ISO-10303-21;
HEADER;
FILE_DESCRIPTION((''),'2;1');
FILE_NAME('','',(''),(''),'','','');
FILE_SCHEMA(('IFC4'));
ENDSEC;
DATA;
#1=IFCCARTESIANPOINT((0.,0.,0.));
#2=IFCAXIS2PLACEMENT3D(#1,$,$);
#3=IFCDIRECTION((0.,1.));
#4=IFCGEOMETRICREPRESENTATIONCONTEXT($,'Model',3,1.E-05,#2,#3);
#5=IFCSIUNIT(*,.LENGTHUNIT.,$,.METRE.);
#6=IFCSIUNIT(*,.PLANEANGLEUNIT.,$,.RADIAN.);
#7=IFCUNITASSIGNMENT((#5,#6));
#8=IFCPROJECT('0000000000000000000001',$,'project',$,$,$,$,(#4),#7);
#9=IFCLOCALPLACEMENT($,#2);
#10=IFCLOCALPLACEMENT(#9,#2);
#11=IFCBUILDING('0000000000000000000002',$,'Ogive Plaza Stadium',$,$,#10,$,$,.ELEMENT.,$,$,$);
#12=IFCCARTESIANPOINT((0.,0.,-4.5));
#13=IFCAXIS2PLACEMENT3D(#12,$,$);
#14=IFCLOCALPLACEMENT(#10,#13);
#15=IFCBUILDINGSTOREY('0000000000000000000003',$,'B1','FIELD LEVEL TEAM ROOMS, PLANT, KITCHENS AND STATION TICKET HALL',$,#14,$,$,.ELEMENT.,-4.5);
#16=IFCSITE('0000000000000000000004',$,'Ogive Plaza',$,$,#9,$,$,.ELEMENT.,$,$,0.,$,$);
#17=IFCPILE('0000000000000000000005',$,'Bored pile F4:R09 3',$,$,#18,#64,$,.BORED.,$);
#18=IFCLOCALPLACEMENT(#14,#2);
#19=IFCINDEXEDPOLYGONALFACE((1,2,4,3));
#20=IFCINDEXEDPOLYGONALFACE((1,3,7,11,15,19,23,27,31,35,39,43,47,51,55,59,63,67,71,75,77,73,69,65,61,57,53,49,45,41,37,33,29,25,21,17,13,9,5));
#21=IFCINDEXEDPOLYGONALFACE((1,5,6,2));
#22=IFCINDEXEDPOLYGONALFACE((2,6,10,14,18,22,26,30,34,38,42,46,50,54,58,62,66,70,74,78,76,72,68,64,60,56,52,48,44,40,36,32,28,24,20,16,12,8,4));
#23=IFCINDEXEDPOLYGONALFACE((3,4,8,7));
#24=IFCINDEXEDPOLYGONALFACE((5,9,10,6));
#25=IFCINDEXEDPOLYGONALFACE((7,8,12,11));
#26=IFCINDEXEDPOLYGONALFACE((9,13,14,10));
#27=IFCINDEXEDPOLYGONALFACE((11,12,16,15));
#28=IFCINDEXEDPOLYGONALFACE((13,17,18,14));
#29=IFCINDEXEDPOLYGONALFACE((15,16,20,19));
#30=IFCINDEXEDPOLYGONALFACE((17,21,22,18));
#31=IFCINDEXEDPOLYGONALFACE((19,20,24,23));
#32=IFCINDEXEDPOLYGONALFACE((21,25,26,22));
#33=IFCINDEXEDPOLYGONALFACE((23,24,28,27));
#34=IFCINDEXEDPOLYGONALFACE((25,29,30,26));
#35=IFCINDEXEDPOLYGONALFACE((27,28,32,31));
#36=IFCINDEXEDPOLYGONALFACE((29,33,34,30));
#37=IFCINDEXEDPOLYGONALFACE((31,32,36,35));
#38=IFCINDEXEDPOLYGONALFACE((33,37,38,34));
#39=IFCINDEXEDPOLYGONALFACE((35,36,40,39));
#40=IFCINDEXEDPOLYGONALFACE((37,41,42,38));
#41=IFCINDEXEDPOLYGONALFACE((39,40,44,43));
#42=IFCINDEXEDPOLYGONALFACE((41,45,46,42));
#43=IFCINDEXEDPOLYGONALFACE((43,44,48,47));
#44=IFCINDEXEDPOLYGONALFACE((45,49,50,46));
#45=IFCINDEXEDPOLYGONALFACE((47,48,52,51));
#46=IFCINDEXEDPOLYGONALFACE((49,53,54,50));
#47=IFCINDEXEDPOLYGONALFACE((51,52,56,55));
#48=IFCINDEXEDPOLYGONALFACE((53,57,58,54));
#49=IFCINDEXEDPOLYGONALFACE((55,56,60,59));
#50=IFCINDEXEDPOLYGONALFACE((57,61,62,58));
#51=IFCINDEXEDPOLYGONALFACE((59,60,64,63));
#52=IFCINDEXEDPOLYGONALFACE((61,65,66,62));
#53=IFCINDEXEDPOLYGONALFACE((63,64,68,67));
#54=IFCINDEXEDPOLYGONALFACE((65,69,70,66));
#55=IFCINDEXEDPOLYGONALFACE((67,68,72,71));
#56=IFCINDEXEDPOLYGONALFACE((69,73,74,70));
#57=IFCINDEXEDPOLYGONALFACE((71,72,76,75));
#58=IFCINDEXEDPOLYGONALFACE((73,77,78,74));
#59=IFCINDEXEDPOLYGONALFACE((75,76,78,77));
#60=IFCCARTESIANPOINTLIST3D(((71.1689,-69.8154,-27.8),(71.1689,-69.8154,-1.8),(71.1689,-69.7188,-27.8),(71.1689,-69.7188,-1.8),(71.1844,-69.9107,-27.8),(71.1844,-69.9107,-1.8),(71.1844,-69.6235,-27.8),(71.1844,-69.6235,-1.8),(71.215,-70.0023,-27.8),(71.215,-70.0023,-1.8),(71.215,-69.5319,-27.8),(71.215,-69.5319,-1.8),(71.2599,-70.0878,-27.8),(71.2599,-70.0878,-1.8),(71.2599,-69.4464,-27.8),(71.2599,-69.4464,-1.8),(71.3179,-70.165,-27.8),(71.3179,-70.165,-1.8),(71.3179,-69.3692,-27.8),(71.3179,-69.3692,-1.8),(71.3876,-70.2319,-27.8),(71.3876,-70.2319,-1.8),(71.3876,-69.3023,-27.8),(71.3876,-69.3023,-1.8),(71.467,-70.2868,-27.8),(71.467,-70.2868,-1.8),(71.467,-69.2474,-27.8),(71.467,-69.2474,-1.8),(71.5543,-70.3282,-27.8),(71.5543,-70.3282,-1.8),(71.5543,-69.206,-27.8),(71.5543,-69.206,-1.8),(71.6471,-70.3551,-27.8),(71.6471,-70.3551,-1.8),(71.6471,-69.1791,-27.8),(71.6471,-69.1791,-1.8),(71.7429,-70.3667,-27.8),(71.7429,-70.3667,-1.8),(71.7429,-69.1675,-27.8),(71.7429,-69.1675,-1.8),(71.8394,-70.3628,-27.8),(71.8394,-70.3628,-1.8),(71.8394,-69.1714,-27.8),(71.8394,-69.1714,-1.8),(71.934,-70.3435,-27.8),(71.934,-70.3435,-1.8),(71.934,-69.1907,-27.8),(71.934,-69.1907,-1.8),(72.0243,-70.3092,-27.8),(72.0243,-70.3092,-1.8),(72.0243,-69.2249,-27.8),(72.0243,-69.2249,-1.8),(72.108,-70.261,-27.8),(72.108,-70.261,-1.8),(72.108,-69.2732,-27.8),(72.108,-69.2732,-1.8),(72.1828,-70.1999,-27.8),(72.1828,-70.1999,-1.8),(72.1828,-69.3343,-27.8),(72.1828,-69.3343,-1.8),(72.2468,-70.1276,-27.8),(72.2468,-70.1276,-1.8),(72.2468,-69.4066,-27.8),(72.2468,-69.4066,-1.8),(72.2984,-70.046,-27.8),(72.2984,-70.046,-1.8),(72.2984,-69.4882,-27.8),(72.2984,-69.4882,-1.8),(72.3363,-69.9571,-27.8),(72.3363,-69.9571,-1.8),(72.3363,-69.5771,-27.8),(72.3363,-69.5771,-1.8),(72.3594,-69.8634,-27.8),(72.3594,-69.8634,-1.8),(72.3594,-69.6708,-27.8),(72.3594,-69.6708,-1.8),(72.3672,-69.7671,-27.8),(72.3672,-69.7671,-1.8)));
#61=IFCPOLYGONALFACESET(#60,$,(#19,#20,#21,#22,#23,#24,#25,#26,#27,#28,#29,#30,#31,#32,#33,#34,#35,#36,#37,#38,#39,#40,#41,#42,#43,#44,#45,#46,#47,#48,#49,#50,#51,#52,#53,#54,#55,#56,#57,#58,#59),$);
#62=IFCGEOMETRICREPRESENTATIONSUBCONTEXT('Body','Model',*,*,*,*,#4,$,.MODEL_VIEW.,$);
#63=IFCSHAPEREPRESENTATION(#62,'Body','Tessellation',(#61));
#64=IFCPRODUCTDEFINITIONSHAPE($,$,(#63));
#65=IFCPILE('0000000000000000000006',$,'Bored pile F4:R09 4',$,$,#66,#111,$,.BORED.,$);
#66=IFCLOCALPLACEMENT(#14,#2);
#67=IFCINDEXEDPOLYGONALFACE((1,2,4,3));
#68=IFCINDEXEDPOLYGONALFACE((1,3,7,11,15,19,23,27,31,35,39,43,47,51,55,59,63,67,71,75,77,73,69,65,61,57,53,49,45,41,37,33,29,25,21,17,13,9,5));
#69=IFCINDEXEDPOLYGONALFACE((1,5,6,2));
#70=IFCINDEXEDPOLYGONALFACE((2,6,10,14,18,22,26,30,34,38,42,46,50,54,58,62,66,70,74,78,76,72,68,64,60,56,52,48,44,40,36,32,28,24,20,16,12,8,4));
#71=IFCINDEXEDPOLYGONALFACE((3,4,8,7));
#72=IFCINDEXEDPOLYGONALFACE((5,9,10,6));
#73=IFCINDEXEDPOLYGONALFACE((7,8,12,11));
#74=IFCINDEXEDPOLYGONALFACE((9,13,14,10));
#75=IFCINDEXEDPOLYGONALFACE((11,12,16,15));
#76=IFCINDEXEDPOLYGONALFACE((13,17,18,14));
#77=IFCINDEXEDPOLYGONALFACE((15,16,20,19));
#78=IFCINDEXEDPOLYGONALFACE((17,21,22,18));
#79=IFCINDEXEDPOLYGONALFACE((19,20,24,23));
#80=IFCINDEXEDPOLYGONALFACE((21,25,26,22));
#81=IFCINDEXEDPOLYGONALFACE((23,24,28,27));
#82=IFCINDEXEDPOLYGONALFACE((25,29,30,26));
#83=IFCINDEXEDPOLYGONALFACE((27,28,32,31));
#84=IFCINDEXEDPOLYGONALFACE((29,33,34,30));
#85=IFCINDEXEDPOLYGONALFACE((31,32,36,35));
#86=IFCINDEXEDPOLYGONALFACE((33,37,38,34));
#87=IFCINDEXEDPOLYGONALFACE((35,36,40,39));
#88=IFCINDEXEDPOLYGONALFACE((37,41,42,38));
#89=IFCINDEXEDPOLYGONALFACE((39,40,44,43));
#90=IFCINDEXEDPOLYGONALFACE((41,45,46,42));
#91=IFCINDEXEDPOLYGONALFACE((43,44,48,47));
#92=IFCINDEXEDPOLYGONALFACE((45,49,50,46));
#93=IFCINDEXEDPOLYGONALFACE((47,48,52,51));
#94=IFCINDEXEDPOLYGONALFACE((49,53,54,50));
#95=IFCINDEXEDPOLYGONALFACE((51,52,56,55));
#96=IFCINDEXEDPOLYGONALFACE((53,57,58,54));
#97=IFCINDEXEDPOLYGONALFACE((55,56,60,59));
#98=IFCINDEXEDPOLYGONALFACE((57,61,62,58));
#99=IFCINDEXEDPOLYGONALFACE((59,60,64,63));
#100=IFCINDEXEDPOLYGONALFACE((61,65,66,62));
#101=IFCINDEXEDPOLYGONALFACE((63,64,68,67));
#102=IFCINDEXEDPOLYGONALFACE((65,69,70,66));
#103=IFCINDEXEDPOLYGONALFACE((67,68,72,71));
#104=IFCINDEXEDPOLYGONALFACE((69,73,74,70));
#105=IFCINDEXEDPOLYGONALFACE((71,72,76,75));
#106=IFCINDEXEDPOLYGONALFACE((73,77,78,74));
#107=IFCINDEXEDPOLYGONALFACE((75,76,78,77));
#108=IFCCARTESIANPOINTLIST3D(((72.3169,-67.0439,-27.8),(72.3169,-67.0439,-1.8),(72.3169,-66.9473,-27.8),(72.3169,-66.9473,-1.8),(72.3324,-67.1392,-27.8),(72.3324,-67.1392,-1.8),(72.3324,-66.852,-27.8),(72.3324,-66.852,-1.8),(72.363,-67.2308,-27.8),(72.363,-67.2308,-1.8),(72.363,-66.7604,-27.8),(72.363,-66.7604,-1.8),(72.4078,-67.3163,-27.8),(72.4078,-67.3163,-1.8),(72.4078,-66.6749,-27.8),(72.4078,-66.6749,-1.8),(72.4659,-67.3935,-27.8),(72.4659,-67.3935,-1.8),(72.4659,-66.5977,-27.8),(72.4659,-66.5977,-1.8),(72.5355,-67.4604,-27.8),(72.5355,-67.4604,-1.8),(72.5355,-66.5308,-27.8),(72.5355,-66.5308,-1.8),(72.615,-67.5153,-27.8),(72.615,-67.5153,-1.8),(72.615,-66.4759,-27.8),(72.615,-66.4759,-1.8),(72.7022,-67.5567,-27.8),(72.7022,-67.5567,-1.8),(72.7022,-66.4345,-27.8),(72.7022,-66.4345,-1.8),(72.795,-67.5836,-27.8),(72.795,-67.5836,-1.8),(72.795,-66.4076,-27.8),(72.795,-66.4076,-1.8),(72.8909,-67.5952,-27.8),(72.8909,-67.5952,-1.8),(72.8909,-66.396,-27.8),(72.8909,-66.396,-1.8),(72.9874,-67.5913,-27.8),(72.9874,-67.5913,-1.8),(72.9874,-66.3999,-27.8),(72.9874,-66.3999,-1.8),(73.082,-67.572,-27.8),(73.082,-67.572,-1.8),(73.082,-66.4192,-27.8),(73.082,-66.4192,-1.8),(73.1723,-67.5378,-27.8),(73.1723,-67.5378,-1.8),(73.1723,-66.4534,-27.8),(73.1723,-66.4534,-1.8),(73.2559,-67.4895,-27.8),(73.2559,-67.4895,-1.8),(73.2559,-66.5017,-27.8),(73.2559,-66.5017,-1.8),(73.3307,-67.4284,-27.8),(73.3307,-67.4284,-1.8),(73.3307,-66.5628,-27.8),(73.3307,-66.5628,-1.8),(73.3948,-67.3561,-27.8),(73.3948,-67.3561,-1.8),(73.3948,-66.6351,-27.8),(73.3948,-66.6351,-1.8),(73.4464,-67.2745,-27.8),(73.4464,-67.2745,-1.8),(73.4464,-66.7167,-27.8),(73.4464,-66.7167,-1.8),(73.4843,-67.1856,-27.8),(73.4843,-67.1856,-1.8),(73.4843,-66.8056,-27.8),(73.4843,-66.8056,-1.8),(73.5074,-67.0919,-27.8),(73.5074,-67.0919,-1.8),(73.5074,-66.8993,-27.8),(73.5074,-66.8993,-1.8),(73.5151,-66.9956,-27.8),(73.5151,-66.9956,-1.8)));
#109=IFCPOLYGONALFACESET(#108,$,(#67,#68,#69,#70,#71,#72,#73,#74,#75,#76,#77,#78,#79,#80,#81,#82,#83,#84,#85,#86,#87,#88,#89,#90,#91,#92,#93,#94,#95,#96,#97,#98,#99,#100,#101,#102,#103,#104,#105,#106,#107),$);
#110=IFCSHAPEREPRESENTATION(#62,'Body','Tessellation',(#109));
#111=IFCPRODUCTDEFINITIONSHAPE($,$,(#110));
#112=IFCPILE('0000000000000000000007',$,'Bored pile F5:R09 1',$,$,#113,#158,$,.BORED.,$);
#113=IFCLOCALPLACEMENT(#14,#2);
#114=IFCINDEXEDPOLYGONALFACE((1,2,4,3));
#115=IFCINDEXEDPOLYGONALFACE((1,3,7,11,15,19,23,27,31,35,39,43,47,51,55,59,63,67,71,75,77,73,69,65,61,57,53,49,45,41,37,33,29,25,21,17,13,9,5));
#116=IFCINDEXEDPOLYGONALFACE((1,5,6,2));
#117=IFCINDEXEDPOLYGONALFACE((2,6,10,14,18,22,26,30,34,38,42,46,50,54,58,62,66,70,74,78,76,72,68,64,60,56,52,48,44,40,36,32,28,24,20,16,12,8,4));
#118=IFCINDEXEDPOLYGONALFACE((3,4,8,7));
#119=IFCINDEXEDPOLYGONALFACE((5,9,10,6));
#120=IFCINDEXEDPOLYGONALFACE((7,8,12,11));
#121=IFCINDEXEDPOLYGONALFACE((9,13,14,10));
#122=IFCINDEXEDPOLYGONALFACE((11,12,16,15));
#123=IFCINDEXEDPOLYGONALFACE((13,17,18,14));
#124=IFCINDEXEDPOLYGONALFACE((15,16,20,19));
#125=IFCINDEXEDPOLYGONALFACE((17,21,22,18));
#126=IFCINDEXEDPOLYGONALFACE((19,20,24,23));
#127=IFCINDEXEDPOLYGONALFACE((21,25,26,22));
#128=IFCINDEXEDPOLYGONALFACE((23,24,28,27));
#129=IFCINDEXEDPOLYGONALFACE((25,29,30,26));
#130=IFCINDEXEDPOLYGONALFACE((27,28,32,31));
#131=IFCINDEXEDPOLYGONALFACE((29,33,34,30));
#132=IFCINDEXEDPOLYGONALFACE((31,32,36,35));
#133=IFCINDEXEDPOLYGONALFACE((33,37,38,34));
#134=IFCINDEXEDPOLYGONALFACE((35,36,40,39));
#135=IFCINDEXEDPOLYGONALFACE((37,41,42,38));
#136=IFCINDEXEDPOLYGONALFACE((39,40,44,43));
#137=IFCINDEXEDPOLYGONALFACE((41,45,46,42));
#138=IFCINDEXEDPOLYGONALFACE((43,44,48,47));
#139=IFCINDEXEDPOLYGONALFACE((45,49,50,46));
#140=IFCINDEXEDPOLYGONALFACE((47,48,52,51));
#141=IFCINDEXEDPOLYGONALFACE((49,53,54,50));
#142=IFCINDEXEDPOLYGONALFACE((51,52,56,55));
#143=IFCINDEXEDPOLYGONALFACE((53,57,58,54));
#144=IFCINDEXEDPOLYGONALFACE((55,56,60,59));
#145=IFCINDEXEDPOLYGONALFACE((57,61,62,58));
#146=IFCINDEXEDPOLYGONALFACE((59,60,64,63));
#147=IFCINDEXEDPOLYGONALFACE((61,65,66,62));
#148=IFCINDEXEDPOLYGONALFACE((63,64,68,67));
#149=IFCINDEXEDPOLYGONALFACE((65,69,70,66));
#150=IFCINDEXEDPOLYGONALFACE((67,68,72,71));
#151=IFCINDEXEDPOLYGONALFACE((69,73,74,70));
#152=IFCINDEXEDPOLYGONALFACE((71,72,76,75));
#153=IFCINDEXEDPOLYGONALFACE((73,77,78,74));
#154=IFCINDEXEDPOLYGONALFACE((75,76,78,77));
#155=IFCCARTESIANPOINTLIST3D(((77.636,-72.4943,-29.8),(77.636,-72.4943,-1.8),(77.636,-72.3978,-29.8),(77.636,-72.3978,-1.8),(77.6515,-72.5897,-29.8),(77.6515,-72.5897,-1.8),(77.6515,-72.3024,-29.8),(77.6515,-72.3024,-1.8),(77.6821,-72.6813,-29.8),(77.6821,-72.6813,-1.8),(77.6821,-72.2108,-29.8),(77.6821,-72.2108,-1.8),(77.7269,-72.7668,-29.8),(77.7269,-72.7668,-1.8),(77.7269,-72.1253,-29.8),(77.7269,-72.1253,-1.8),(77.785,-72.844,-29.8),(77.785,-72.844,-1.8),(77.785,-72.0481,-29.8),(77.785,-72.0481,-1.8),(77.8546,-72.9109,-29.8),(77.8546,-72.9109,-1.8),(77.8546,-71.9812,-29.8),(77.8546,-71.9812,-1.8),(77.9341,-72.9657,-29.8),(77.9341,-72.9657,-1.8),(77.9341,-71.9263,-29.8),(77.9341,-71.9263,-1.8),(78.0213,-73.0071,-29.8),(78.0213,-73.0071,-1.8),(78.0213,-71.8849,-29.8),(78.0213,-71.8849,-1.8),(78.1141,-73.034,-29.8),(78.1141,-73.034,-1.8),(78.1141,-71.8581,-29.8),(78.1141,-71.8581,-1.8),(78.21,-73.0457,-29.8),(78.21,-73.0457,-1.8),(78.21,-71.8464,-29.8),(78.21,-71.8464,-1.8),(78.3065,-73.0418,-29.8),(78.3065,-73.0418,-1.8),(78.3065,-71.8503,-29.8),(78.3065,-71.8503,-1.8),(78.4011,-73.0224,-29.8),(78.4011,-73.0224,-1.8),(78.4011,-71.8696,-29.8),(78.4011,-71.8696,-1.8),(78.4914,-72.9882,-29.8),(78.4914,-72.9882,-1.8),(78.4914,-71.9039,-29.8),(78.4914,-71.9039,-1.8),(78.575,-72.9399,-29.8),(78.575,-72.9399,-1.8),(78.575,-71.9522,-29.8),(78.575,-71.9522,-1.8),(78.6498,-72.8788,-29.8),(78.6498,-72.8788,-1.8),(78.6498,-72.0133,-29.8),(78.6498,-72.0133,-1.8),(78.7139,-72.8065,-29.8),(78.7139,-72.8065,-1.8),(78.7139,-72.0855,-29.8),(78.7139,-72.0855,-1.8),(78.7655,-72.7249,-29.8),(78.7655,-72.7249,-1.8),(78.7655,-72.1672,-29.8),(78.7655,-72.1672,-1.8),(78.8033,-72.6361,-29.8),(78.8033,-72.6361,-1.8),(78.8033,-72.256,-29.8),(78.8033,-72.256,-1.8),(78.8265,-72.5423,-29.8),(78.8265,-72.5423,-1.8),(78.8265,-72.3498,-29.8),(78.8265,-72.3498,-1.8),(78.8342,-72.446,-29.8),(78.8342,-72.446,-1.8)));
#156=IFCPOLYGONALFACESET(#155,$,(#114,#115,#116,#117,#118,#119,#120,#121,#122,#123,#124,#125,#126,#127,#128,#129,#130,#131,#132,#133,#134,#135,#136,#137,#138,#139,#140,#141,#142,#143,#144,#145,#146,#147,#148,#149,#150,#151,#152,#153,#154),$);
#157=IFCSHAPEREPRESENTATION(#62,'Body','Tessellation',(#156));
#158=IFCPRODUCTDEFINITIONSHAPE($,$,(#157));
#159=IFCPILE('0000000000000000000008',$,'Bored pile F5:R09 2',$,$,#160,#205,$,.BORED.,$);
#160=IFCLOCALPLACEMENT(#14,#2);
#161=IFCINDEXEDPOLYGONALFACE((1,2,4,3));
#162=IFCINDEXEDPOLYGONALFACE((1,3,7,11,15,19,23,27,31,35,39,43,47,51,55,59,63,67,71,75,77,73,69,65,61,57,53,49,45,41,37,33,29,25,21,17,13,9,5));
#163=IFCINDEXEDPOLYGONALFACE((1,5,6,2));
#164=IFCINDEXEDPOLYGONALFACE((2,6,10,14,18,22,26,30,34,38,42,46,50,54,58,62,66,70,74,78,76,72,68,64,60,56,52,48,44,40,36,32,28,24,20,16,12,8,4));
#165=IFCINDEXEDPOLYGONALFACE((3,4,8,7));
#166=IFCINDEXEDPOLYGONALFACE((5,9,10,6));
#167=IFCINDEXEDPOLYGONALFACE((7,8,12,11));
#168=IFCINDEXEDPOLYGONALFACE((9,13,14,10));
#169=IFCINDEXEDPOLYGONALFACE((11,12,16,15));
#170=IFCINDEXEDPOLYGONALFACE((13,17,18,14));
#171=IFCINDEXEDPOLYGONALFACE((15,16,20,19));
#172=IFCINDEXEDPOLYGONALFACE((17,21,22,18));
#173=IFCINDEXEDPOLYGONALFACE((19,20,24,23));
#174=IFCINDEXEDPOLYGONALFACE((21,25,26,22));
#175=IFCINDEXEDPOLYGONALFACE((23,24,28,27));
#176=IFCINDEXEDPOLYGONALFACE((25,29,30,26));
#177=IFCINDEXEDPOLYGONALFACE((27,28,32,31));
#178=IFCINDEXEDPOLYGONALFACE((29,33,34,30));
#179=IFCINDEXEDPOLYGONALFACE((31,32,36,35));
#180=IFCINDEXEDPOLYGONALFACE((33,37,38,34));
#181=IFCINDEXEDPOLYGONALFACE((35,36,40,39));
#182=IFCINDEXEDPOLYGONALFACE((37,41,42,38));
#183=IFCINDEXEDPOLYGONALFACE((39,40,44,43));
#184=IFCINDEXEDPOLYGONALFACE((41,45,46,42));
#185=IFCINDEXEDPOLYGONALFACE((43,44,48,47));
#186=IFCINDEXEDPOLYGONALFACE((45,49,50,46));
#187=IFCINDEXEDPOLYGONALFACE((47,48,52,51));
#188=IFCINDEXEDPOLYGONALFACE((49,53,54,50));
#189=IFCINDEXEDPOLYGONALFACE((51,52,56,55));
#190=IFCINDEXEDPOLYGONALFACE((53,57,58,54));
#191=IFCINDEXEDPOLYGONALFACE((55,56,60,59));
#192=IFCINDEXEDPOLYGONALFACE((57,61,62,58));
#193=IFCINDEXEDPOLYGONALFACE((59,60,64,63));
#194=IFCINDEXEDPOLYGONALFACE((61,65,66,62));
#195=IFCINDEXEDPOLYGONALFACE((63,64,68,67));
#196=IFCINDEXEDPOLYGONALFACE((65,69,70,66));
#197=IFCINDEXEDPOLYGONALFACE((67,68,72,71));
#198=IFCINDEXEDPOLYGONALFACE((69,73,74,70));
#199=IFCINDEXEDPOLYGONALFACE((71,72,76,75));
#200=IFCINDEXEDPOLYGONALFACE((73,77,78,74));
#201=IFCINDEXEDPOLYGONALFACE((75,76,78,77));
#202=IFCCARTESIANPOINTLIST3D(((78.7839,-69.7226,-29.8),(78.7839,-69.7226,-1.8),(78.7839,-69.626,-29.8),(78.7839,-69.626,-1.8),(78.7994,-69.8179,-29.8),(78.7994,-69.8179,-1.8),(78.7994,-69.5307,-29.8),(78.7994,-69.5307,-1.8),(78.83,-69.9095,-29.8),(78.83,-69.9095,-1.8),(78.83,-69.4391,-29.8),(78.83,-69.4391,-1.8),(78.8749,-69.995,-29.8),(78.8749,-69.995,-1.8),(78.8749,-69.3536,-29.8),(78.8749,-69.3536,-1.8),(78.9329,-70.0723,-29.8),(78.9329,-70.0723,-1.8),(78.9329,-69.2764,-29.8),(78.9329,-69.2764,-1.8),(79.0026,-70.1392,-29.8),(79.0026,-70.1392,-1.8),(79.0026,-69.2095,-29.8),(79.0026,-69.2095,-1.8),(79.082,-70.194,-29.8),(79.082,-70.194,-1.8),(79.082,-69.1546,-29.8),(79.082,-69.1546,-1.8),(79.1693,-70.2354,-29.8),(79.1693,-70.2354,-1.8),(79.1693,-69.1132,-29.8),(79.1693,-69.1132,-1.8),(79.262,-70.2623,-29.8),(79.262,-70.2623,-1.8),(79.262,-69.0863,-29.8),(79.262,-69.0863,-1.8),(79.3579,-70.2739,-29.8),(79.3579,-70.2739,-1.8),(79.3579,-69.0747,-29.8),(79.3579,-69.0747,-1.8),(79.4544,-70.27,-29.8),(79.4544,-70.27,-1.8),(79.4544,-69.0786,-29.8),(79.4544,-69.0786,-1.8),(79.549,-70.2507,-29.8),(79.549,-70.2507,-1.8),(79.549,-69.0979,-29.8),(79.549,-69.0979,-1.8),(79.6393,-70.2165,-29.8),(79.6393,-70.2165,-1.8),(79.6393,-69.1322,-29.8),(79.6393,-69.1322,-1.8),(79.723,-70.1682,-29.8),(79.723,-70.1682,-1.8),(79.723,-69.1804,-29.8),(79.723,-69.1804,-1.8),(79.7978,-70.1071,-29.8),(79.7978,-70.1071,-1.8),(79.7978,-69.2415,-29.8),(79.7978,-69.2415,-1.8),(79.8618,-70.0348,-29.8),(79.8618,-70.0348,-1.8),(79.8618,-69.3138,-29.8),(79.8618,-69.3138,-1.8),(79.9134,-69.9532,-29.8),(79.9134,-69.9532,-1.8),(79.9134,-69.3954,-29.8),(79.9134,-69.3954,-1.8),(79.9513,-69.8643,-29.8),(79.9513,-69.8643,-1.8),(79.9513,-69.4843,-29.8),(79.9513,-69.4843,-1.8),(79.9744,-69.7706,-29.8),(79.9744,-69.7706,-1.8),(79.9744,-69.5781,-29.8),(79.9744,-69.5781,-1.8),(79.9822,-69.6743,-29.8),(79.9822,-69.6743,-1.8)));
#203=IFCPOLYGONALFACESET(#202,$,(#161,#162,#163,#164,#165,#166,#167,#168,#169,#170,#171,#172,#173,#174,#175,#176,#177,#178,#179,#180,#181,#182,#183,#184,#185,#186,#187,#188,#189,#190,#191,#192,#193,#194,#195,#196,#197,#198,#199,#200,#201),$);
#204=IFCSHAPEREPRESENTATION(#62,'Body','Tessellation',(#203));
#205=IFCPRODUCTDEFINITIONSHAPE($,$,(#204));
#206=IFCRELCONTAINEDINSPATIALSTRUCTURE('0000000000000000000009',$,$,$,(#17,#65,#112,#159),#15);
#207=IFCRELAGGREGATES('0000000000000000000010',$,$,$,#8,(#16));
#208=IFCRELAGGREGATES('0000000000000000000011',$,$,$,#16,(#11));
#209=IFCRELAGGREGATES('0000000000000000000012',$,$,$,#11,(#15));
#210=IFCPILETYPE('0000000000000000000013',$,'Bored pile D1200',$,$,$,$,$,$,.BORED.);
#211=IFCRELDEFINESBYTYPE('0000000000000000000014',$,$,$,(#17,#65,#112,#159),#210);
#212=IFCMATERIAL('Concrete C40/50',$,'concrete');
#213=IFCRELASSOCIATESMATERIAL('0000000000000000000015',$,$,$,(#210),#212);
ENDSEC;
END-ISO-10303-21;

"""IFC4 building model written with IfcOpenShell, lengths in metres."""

from ifc_helpers import new_model, si_unit, direction, frame, origin, origin_2d, place, context, subcontext, project, spatial, circle, extrude, material, material_profile, profile_set, type_object, element, save


model = new_model("IFC4")

# Units and contexts
model_context = context("Model", 3, precision=1e-05, world=origin(), true_north=direction((0.0, 1.0)))
body_context = subcontext(model_context, "Body", "Model", "MODEL_VIEW")
ifc_project = project(units=[si_unit("LENGTHUNIT", "METRE"), si_unit("PLANEANGLEUNIT", "RADIAN")], contexts=[model_context])

# Site, building, storey
site_placement = place(None, origin())
site = spatial("IfcSite", under=ifc_project, at=site_placement, Name="Ogive Plaza", CompositionType="ELEMENT", RefElevation=0.0)
building_placement = place(site_placement, origin())
building = spatial("IfcBuilding", under=site, at=building_placement, Name="Ogive Plaza Stadium", CompositionType="ELEMENT")
storey_placement = place(building_placement, frame((0.0, 0.0, -4.5)))
storey = spatial("IfcBuildingStorey", under=building, at=storey_placement, Name="B1", Description="FIELD LEVEL TEAM ROOMS, PLANT, KITCHENS AND STATION TICKET HALL", CompositionType="ELEMENT", Elevation=-4.5)

# Piles
ifc_material_1 = material(Name="Concrete C40/50", Category="concrete")
ifc_material_profile_1 = material_profile(ifc_material_1, circle(Radius=0.6001, at=origin_2d()), Name="RC D1200")
ifc_profile_set_1 = profile_set([ifc_material_profile_1], Name="Concrete C40/50")
pile_type_1 = type_object("IfcPileType", Name="Bored pile D1200", PredefinedType="BORED", material=ifc_profile_set_1)
for number, where, z_axis, x_axis, name in (
    (1, (71.7671, -69.7671, -1.8), (0.0, 0.0, -1.0), (1.0, 0.0, 0.0), "Bored pile F4:R09 3"),
    (2, (72.915, -66.9956, -1.8), (0.0, 0.0, -1.0), (1.0, 0.0, 0.0), "Bored pile F4:R09 4"),
):
    element("IfcPile", number, at=place(storey_placement, frame(where, z_axis=z_axis, x_axis=x_axis)), inside=storey, type_object=pile_type_1, Name=name, PredefinedType="BORED", context=body_context, shape_type="SweptSolid", body=[
        extrude(circle(Radius=0.6001, at=origin_2d()), origin(), (0.0, 0.0, 1.0), 26.0),
    ])
for number, where, z_axis, x_axis, name in (
    (3, (78.2341, -72.446, -1.8), (0.0, 0.0, -1.0), (1.0, 0.0, 0.0), "Bored pile F5:R09 1"),
    (4, (79.3821, -69.6743, -1.8), (0.0, 0.0, -1.0), (1.0, 0.0, 0.0), "Bored pile F5:R09 2"),
):
    element("IfcPile", number, at=place(storey_placement, frame(where, z_axis=z_axis, x_axis=x_axis)), inside=storey, type_object=pile_type_1, Name=name, PredefinedType="BORED", context=body_context, shape_type="SweptSolid", body=[
        extrude(circle(Radius=0.6001, at=origin_2d()), origin(), (0.0, 0.0, 1.0), 28.0),
    ])

save(model, "model.ifc")
